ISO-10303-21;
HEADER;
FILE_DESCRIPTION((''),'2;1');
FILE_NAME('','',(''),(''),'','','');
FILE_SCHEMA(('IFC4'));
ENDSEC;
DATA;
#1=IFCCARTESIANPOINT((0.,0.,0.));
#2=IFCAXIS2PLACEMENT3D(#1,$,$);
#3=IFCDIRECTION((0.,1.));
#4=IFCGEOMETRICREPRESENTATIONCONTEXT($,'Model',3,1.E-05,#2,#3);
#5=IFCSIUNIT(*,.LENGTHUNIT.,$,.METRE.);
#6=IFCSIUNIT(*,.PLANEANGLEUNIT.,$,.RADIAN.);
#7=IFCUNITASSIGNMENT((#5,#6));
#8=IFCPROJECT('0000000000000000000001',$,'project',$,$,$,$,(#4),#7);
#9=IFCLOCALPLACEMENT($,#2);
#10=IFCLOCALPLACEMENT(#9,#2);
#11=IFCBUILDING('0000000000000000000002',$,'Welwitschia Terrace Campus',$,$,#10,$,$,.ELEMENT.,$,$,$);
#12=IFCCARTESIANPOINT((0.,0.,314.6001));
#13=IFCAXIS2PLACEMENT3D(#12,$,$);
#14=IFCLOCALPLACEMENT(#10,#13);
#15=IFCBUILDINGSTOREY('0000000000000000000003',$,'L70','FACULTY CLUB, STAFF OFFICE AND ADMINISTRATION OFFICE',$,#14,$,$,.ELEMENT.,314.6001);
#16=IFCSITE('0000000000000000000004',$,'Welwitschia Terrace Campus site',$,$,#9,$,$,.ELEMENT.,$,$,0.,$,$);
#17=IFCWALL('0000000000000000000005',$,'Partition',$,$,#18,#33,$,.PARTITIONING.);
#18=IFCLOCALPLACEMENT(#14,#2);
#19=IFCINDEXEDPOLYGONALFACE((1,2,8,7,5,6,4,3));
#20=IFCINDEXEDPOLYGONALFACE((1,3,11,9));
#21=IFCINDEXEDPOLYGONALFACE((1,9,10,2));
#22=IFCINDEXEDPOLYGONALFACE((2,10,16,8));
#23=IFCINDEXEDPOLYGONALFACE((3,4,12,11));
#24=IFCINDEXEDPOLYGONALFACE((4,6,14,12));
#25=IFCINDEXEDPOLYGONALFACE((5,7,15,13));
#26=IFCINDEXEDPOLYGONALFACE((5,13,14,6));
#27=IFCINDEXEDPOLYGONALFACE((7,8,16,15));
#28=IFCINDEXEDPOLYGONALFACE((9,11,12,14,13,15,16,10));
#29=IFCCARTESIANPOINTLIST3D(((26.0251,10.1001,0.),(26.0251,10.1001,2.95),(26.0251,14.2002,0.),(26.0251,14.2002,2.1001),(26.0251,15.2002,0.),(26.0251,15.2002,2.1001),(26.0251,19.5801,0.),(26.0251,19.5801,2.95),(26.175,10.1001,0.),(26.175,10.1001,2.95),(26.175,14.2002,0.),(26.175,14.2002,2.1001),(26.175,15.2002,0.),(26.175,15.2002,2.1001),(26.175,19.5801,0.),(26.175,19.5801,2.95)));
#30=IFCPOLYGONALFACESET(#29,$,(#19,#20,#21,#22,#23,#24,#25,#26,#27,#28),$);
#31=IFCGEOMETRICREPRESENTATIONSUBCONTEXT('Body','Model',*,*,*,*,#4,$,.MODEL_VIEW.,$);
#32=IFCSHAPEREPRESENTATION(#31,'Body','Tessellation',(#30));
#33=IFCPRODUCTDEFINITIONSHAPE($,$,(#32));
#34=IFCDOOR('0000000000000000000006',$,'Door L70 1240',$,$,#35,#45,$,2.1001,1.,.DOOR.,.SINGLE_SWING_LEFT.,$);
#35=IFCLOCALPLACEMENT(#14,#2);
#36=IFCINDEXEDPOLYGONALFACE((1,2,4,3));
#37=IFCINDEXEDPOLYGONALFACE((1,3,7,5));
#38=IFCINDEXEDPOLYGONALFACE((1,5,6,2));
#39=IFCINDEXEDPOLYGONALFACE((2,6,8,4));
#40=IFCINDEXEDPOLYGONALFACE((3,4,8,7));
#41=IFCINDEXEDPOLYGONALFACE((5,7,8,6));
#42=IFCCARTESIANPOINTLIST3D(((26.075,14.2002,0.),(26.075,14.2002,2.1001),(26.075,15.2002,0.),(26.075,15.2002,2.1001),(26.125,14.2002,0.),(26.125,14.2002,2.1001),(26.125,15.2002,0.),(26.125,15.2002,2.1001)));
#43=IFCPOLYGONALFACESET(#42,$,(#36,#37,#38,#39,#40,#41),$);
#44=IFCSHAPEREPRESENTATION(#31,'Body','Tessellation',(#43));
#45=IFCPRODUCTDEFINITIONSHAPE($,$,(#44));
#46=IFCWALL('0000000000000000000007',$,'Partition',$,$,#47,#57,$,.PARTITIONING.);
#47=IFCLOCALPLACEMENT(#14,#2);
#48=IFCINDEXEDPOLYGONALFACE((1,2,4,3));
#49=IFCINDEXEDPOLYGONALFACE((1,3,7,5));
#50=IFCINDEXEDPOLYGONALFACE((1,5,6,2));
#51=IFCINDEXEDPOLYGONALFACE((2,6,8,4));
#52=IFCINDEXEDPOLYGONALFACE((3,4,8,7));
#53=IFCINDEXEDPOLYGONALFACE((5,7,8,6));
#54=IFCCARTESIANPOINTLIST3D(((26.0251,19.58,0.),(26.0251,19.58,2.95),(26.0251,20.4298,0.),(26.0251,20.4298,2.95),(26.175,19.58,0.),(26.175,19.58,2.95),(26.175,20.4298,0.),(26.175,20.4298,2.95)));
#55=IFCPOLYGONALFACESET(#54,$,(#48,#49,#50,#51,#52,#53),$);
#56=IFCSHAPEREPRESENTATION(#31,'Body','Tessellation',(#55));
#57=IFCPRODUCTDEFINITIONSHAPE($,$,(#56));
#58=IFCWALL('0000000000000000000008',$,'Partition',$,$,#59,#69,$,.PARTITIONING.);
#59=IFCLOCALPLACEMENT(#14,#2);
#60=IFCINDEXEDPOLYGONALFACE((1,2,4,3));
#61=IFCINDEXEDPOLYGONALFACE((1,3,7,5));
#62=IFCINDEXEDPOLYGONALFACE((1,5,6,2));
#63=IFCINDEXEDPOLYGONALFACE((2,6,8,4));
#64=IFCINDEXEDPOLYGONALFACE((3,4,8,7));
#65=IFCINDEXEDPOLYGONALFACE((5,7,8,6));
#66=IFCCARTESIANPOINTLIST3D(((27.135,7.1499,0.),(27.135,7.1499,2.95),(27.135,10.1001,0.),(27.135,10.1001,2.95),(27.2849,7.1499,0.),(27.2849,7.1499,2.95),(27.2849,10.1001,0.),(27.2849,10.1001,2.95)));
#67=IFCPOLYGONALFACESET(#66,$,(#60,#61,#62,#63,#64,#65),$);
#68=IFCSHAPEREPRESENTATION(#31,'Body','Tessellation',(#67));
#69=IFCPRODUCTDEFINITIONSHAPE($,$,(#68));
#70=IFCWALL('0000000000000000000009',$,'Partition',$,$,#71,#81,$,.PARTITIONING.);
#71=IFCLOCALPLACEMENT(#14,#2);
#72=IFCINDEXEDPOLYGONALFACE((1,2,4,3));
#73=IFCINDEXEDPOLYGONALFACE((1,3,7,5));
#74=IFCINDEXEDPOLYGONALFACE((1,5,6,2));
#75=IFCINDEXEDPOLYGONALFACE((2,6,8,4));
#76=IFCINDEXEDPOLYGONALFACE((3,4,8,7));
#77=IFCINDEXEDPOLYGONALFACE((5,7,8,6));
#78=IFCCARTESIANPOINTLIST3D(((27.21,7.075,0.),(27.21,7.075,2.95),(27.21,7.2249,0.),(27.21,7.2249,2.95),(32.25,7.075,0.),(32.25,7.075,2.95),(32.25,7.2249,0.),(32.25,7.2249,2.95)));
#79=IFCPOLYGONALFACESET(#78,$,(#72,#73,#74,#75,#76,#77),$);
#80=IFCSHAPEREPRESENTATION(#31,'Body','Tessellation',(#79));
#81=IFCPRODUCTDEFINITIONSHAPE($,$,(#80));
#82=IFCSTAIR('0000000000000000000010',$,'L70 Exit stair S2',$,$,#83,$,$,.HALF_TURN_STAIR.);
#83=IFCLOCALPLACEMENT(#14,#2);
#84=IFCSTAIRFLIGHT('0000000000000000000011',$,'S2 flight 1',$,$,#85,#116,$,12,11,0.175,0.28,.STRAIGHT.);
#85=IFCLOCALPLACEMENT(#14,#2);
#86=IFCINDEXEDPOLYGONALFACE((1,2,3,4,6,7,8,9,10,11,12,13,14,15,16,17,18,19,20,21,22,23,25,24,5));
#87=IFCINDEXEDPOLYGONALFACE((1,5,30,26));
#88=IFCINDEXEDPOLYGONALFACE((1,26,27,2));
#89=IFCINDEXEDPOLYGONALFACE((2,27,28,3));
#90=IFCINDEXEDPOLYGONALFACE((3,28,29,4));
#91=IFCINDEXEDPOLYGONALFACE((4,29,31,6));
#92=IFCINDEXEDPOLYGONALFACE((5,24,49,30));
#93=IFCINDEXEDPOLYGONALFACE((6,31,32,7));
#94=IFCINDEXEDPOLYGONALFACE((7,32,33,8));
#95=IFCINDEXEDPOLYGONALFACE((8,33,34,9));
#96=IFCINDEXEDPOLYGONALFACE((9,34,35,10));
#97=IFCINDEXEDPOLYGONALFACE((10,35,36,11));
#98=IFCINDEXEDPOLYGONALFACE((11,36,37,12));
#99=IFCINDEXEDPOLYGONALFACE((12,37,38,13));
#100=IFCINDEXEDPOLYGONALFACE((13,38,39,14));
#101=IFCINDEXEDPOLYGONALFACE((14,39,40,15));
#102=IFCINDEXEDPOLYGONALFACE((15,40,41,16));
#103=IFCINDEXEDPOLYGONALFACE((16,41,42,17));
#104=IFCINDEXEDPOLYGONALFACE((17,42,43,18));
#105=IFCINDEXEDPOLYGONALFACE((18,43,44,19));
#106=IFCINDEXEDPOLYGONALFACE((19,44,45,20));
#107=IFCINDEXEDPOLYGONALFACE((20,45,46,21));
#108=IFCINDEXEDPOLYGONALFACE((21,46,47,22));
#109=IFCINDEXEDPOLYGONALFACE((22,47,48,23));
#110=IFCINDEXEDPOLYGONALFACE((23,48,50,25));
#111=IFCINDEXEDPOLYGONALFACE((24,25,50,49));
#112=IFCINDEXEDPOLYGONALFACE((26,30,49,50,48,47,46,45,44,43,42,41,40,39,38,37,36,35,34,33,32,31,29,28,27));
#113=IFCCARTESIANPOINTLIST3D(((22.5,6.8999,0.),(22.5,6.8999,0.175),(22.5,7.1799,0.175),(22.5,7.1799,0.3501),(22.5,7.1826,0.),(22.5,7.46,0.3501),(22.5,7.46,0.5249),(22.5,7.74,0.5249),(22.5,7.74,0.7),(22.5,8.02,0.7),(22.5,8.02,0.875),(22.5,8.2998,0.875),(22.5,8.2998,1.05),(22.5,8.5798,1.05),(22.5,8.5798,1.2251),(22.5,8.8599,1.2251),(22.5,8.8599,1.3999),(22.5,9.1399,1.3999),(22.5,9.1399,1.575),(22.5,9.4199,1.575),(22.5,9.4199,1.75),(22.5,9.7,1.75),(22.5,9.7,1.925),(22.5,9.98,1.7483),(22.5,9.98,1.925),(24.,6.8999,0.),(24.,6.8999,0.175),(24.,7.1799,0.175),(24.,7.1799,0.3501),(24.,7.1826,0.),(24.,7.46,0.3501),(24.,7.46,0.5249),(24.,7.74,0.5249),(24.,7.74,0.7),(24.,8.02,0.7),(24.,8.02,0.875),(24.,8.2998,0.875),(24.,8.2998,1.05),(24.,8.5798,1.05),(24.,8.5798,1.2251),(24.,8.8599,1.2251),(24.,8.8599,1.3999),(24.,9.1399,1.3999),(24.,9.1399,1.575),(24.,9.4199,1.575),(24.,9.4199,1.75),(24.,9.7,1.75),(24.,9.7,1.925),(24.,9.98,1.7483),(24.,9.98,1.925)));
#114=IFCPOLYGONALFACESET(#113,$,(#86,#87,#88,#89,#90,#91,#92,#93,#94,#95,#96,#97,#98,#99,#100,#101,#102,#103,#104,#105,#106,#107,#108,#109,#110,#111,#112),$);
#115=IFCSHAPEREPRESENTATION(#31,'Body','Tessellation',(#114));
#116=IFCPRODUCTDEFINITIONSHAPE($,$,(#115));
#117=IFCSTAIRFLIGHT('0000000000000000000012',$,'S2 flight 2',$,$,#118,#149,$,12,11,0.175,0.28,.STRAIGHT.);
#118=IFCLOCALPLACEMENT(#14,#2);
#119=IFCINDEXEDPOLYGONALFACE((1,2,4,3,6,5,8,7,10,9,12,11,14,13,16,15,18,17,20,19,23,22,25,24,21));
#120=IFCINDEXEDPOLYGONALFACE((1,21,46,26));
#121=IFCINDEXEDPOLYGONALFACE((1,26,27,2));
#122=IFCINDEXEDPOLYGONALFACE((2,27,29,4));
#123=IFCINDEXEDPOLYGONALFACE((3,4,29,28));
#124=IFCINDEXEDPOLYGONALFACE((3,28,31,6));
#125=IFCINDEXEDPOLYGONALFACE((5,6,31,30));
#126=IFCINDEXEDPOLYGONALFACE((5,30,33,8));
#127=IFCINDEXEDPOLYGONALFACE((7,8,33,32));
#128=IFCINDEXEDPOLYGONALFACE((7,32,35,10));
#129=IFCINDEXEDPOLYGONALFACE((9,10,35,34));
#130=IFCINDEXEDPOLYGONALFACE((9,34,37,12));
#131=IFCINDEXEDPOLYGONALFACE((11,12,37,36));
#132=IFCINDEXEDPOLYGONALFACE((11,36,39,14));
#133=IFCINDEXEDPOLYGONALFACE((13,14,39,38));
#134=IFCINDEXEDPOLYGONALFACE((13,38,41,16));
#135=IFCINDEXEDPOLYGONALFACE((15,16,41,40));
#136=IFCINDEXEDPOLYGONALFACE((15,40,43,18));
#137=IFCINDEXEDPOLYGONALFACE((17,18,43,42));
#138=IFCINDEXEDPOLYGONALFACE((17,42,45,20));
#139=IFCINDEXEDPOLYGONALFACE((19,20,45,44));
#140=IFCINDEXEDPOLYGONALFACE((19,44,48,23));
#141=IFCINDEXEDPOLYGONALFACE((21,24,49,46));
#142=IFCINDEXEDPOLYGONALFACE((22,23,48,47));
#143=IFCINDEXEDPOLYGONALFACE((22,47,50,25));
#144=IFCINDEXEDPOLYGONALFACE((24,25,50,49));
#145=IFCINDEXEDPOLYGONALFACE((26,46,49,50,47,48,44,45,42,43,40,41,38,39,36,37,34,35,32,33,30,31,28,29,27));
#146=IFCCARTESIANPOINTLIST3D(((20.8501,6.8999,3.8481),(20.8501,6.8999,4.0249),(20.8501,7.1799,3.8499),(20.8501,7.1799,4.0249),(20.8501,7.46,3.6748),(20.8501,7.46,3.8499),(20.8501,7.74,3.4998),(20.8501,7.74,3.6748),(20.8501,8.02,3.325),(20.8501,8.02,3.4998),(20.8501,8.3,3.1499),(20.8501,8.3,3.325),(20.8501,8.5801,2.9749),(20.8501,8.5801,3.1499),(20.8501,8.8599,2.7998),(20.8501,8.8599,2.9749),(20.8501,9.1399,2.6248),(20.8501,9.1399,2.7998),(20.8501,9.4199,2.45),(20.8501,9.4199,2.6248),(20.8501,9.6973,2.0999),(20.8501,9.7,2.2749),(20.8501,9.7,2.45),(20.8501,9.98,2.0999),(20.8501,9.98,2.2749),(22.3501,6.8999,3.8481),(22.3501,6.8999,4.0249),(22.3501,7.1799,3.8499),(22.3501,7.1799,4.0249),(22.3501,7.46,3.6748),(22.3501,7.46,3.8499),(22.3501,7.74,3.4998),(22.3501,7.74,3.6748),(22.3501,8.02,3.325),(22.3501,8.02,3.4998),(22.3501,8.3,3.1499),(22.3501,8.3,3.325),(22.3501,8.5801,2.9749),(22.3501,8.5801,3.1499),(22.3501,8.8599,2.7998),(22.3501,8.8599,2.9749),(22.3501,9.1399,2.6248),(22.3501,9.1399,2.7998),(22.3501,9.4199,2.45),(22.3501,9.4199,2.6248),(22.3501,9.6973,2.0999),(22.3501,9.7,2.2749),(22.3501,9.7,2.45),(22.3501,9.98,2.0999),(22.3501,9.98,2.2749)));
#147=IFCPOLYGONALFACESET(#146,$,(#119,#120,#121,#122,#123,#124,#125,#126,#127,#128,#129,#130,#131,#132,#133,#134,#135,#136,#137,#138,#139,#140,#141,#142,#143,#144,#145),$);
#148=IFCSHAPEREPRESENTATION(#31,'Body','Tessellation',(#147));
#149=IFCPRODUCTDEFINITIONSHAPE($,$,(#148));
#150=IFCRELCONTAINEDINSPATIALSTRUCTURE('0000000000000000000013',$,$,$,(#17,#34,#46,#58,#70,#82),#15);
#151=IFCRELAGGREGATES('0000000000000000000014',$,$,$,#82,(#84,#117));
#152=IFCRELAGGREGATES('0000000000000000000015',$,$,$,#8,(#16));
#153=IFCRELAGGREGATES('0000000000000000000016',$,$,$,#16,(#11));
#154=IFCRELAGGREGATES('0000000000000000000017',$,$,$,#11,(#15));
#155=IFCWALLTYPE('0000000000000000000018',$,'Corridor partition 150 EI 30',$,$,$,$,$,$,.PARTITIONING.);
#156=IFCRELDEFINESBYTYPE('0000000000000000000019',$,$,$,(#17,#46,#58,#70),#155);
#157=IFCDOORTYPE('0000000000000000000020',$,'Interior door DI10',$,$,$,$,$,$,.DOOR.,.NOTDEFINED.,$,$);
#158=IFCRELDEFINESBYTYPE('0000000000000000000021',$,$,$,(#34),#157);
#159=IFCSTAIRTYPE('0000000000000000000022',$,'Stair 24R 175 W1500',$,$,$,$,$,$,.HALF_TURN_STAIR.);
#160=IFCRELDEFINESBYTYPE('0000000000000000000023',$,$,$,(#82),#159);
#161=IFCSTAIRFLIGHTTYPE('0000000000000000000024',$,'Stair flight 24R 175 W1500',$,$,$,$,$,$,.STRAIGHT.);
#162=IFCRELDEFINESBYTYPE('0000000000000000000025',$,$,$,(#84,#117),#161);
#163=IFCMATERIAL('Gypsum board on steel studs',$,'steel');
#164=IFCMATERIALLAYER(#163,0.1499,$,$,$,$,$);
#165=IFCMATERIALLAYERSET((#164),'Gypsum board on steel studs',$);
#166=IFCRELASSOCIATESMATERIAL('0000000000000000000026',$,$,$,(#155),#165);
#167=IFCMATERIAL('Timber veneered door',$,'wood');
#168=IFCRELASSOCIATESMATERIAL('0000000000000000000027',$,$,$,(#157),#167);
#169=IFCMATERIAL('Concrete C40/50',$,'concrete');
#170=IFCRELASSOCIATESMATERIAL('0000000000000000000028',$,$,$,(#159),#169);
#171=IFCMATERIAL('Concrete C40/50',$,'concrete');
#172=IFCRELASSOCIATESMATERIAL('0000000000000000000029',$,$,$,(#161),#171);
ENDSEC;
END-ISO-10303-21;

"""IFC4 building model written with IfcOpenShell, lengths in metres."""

from ifc_helpers import new_model, si_unit, direction, frame, frame_2d, origin, place, context, subcontext, project, spatial, polyline, rectangle, outline, extrude, material, layer, layer_set, type_object, element, fill, aggregate, save


model = new_model("IFC4")

# Units and contexts
model_context = context("Model", 3, precision=1e-05, world=origin(), true_north=direction((0.0, 1.0)))
body_context = subcontext(model_context, "Body", "Model", "MODEL_VIEW")
ifc_project = project(units=[si_unit("LENGTHUNIT", "METRE"), si_unit("PLANEANGLEUNIT", "RADIAN")], contexts=[model_context])

# Site, building, storey
site_placement = place(None, origin())
site = spatial("IfcSite", under=ifc_project, at=site_placement, Name="Welwitschia Terrace Campus site", CompositionType="ELEMENT", RefElevation=0.0)
building_placement = place(site_placement, origin())
building = spatial("IfcBuilding", under=site, at=building_placement, Name="Welwitschia Terrace Campus", CompositionType="ELEMENT")
storey_placement = place(building_placement, frame((0.0, 0.0, 314.6001)))
storey = spatial("IfcBuildingStorey", under=building, at=storey_placement, Name="L70", Description="FACULTY CLUB, STAFF OFFICE AND ADMINISTRATION OFFICE", CompositionType="ELEMENT", Elevation=314.6001)

# Shared definitions
ifc_material_1 = material(Name="Gypsum board on steel studs", Category="steel")
ifc_layer_1 = layer(ifc_material_1, 0.1499)
ifc_layer_set_1 = layer_set([ifc_layer_1], Name="Gypsum board on steel studs")
wall_type_1 = type_object("IfcWallType", Name="Corridor partition 150 EI 30", PredefinedType="PARTITIONING", material=ifc_layer_set_1)

# Wall, opening, door
wall_1_placement = place(storey_placement, frame((26.1001, 19.5801, 0.0), z_axis=(0.0, 0.0, 1.0), x_axis=(0.0, -1.0, 0.0)))
wall_1 = element("IfcWall", 1, at=wall_1_placement, inside=storey, type_object=wall_type_1, Name="Partition", PredefinedType="PARTITIONING", context=body_context, shape_type="SweptSolid", body=[
    extrude(rectangle(XDim=9.48, YDim=0.1499, at=frame_2d((4.74, 0.0))), origin(), (0.0, 0.0, 1.0), 2.95),
])
opening_placement = place(wall_1_placement, frame((4.3799, 0.0, 0.0)))
opening = element("IfcOpeningElement", 2, at=opening_placement, cuts=wall_1, PredefinedType="OPENING", context=body_context, shape_type="SweptSolid", body=[
    extrude(rectangle(XDim=1.0, YDim=2.1001, at=frame_2d((0.5, 1.05))), frame((0.0, 0.085, 0.0), z_axis=(0.0, -1.0, 0.0), x_axis=(1.0, 0.0, 0.0)), (0.0, 0.0, 1.0), 0.1699),
])
ifc_material_2 = material(Name="Timber veneered door", Category="wood")
door_type = type_object("IfcDoorType", Name="Interior door DI10", OperationType="NOTDEFINED", PredefinedType="DOOR", material=ifc_material_2)
door_placement = place(opening_placement, origin())
door = element("IfcDoor", 3, at=door_placement, inside=storey, type_object=door_type, Name="Door L70 1240", OperationType="SINGLE_SWING_LEFT", OverallHeight=2.1001, OverallWidth=1.0, PredefinedType="DOOR", context=body_context, shape_type="SweptSolid", body=[
    extrude(rectangle(XDim=1.0, YDim=2.1001, at=frame_2d((0.5, 1.05))), frame((0.0, 0.0249, 0.0), z_axis=(0.0, -1.0, 0.0), x_axis=(1.0, 0.0, 0.0)), (0.0, 0.0, 1.0), 0.05),
])
fill(opening, door)

# Walls
wall_2_placement = place(storey_placement, frame((26.1001, 19.5801, 0.0), z_axis=(0.0, 0.0, 1.0), x_axis=(0.0, 1.0, 0.0)))
element("IfcWall", 4, at=wall_2_placement, inside=storey, type_object=wall_type_1, Name="Partition", PredefinedType="PARTITIONING", context=body_context, shape_type="SweptSolid", body=[
    extrude(rectangle(XDim=0.8499, YDim=0.1499, at=frame_2d((0.4248, 0.0))), origin(), (0.0, 0.0, 1.0), 2.95),
])
wall_3_placement = place(storey_placement, frame((27.21, 7.1499, 0.0), z_axis=(0.0, 0.0, 1.0), x_axis=(0.0, 1.0, 0.0)))
element("IfcWall", 5, at=wall_3_placement, inside=storey, type_object=wall_type_1, Name="Partition", PredefinedType="PARTITIONING", context=body_context, shape_type="SweptSolid", body=[
    extrude(rectangle(XDim=2.9502, YDim=0.1499, at=frame_2d((1.4751, 0.0))), origin(), (0.0, 0.0, 1.0), 2.95),
])
wall_4_placement = place(storey_placement, frame((27.21, 7.1499, 0.0), z_axis=(0.0, 0.0, 1.0), x_axis=(1.0, 0.0, 0.0)))
element("IfcWall", 6, at=wall_4_placement, inside=storey, type_object=wall_type_1, Name="Partition", PredefinedType="PARTITIONING", context=body_context, shape_type="SweptSolid", body=[
    extrude(rectangle(XDim=5.04, YDim=0.1499, at=frame_2d((2.52, 0.0))), origin(), (0.0, 0.0, 1.0), 2.95),
])

# Stair, stair flights
ifc_material_3 = material(Name="Concrete C40/50", Category="concrete")
stair_type = type_object("IfcStairType", Name="Stair 24R 175 W1500", PredefinedType="HALF_TURN_STAIR", material=ifc_material_3)
stair_placement = place(storey_placement, origin())
stair = element("IfcStair", 7, at=stair_placement, inside=storey, type_object=stair_type, Name="L70 Exit stair S2", PredefinedType="HALF_TURN_STAIR")
ifc_material_4 = material(Name="Concrete C40/50", Category="concrete")
stair_flight_type = type_object("IfcStairFlightType", Name="Stair flight 24R 175 W1500", PredefinedType="STRAIGHT", material=ifc_material_4)
stair_flight_1_placement = place(storey_placement, frame((23.25, 6.8999, 0.0), z_axis=(0.0, 0.0, 1.0), x_axis=(0.0, 1.0, 0.0)))
stair_flight_1 = element("IfcStairFlight", 8, at=stair_flight_1_placement, type_object=stair_flight_type, Name="S2 flight 1", NumberOfRisers=12, NumberOfTreads=11, PredefinedType="STRAIGHT", RiserHeight=0.175, TreadLength=0.28, context=body_context, shape_type="SweptSolid", body=[
    extrude(outline(polyline([(0.0, 0.0), (0.0, 0.175), (0.28, 0.175), (0.28, 0.3501), (0.5601, 0.3501), (0.5601, 0.5249), (0.8401, 0.5249), (0.8401, 0.7), (1.1201, 0.7), (1.1201, 0.875), (1.3999, 0.875), (1.3999, 1.05), (1.6799, 1.05), (1.6799, 1.2251), (1.96, 1.2251), (1.96, 1.3999), (2.24, 1.3999), (2.24, 1.575), (2.52, 1.575), (2.52, 1.75), (2.8, 1.75), (2.8, 1.925), (3.0801, 1.925), (3.0801, 2.1001), (3.0801, 1.7483), (0.2827, 0.0), (0.0, 0.0)])), frame((0.0, 0.75, 0.0), z_axis=(0.0, -1.0, 0.0), x_axis=(1.0, 0.0, 0.0)), (0.0, 0.0, 1.0), 1.5),
])
stair_flight_2_placement = place(storey_placement, frame((21.6001, 9.98, 2.0999), z_axis=(0.0, 0.0, 1.0), x_axis=(0.0, -1.0, 0.0)))
stair_flight_2 = element("IfcStairFlight", 9, at=stair_flight_2_placement, type_object=stair_flight_type, Name="S2 flight 2", NumberOfRisers=12, NumberOfTreads=11, PredefinedType="STRAIGHT", RiserHeight=0.175, TreadLength=0.28, context=body_context, shape_type="SweptSolid", body=[
    extrude(outline(polyline([(0.0, 0.0), (0.0, 0.175), (0.28, 0.175), (0.28, 0.3501), (0.5601, 0.3501), (0.5601, 0.5249), (0.8401, 0.5249), (0.8401, 0.7), (1.1201, 0.7), (1.1201, 0.875), (1.3999, 0.875), (1.3999, 1.05), (1.6799, 1.05), (1.6799, 1.2251), (1.96, 1.2251), (1.96, 1.3999), (2.24, 1.3999), (2.24, 1.575), (2.52, 1.575), (2.52, 1.75), (2.8, 1.75), (2.8, 1.925), (3.0801, 1.925), (3.0801, 2.1001), (3.0801, 1.7483), (0.2827, 0.0), (0.0, 0.0)])), frame((0.0, 0.75, 0.0), z_axis=(0.0, -1.0, 0.0), x_axis=(1.0, 0.0, 0.0)), (0.0, 0.0, 1.0), 1.5),
])
aggregate(stair, [stair_flight_1, stair_flight_2])

save(model, "model.ifc")
